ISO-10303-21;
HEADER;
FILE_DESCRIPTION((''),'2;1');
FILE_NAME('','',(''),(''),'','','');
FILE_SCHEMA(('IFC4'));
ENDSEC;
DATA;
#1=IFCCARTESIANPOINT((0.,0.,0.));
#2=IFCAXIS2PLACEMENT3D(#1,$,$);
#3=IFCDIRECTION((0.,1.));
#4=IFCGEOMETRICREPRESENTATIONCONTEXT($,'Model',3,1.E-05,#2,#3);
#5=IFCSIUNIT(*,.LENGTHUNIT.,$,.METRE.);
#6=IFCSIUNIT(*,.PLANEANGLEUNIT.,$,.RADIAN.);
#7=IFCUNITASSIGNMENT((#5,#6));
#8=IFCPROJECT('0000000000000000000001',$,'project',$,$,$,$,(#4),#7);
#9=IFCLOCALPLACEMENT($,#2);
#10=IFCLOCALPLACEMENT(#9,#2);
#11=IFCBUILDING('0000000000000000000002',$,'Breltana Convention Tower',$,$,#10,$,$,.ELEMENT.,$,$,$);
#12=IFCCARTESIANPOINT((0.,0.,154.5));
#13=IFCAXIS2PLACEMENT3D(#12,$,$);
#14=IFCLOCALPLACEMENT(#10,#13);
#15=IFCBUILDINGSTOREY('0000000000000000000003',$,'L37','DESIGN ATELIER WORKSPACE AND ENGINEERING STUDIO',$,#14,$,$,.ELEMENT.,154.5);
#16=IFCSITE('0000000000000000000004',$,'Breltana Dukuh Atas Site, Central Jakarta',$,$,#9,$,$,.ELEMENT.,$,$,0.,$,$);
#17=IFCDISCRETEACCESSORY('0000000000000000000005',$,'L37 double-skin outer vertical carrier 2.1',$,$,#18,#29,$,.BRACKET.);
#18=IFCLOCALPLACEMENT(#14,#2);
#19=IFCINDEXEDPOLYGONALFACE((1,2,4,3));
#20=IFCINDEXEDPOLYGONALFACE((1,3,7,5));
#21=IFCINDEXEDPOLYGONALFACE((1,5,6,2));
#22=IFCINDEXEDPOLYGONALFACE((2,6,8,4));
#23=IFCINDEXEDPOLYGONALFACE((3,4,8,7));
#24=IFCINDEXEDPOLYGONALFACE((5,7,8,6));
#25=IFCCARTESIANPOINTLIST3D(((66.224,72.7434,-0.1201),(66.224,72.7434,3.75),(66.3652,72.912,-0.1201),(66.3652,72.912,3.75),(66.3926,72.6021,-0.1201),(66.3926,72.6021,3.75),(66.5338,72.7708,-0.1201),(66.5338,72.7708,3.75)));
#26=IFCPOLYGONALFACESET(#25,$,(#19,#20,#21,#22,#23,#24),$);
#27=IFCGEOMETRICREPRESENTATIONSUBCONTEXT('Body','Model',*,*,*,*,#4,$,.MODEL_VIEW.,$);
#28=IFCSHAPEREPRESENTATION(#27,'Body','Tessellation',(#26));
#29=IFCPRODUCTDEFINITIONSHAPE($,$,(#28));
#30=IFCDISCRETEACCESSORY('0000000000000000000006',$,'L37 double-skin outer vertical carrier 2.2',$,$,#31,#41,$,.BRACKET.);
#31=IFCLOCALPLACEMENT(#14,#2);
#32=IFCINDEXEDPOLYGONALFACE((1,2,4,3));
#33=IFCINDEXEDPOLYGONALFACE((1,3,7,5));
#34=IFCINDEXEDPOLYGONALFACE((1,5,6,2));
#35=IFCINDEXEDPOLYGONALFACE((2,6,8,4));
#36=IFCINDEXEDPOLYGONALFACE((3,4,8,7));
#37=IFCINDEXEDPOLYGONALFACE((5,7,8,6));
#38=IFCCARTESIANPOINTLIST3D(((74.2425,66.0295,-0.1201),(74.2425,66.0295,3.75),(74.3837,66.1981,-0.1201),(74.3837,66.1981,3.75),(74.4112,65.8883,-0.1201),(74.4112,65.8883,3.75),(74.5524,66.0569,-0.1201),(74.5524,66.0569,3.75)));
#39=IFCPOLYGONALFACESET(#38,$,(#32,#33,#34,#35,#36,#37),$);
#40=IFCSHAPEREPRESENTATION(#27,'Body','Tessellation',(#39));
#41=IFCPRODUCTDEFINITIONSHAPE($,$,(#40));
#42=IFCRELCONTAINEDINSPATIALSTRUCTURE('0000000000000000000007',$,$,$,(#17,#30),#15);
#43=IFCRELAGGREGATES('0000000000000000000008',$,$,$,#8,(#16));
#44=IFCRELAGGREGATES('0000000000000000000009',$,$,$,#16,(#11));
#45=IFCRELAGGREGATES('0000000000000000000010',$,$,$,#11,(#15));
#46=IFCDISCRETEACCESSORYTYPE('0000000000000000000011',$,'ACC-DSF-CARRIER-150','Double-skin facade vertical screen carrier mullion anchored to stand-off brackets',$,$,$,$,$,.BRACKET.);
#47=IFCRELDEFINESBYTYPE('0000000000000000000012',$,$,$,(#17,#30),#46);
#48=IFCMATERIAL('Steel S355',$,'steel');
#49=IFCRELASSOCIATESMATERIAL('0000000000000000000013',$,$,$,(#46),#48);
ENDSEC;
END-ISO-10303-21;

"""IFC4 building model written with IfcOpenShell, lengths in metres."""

from ifc_helpers import new_model, si_unit, direction, frame, origin, origin_2d, place, context, subcontext, project, spatial, rectangle, extrude, source, transform, mapped, material, type_object, element, save


model = new_model("IFC4")

# Units and contexts
model_context = context("Model", 3, precision=1e-05, world=origin(), true_north=direction((0.0, 1.0)))
body_context = subcontext(model_context, "Body", "Model", "MODEL_VIEW")
ifc_project = project(units=[si_unit("LENGTHUNIT", "METRE"), si_unit("PLANEANGLEUNIT", "RADIAN")], contexts=[model_context])

# Site, building, storey
site_placement = place(None, origin())
site = spatial("IfcSite", under=ifc_project, at=site_placement, Name="Breltana Dukuh Atas Site, Central Jakarta", CompositionType="ELEMENT", RefElevation=0.0)
building_placement = place(site_placement, origin())
building = spatial("IfcBuilding", under=site, at=building_placement, Name="Breltana Convention Tower", CompositionType="ELEMENT")
storey_placement = place(building_placement, frame((0.0, 0.0, 154.5)))
storey = spatial("IfcBuildingStorey", under=building, at=storey_placement, Name="L37", Description="DESIGN ATELIER WORKSPACE AND ENGINEERING STUDIO", CompositionType="ELEMENT", Elevation=154.5)

# Discrete accessories
ifc_material_1 = material(Name="Steel S355", Category="steel")
discrete_accessory_type_1 = type_object("IfcDiscreteAccessoryType", Name="ACC-DSF-CARRIER-150", Description="Double-skin facade vertical screen carrier mullion anchored to stand-off brackets", PredefinedType="BRACKET", material=ifc_material_1)
shared_shape_1 = source(origin(), body_context, "Body", "SweptSolid", [
    extrude(rectangle(XDim=0.22, YDim=0.22, at=origin_2d()), origin(), (0.0, 0.0, 1.0), 3.8701),
])
for number, where, z_axis, x_axis, name in (
    (1, (66.3789, 72.7571, -0.1201), (0.0, 0.0, 1.0), (0.641989, 0.766714, 0.0), "L37 double-skin outer vertical carrier 2.1"),
    (2, (74.3975, 66.0432, -0.1201), (0.0, 0.0, 1.0), (0.641989, 0.766714, 0.0), "L37 double-skin outer vertical carrier 2.2"),
):
    element("IfcDiscreteAccessory", number, at=place(storey_placement, frame(where, z_axis=z_axis, x_axis=x_axis)), inside=storey, type_object=discrete_accessory_type_1, Name=name, PredefinedType="BRACKET", context=body_context, shape_type="MappedRepresentation", body=[
        mapped(shared_shape_1, transform((0.0, 0.0, 0.0), scale=1.0)),
    ])

save(model, "model.ifc")
